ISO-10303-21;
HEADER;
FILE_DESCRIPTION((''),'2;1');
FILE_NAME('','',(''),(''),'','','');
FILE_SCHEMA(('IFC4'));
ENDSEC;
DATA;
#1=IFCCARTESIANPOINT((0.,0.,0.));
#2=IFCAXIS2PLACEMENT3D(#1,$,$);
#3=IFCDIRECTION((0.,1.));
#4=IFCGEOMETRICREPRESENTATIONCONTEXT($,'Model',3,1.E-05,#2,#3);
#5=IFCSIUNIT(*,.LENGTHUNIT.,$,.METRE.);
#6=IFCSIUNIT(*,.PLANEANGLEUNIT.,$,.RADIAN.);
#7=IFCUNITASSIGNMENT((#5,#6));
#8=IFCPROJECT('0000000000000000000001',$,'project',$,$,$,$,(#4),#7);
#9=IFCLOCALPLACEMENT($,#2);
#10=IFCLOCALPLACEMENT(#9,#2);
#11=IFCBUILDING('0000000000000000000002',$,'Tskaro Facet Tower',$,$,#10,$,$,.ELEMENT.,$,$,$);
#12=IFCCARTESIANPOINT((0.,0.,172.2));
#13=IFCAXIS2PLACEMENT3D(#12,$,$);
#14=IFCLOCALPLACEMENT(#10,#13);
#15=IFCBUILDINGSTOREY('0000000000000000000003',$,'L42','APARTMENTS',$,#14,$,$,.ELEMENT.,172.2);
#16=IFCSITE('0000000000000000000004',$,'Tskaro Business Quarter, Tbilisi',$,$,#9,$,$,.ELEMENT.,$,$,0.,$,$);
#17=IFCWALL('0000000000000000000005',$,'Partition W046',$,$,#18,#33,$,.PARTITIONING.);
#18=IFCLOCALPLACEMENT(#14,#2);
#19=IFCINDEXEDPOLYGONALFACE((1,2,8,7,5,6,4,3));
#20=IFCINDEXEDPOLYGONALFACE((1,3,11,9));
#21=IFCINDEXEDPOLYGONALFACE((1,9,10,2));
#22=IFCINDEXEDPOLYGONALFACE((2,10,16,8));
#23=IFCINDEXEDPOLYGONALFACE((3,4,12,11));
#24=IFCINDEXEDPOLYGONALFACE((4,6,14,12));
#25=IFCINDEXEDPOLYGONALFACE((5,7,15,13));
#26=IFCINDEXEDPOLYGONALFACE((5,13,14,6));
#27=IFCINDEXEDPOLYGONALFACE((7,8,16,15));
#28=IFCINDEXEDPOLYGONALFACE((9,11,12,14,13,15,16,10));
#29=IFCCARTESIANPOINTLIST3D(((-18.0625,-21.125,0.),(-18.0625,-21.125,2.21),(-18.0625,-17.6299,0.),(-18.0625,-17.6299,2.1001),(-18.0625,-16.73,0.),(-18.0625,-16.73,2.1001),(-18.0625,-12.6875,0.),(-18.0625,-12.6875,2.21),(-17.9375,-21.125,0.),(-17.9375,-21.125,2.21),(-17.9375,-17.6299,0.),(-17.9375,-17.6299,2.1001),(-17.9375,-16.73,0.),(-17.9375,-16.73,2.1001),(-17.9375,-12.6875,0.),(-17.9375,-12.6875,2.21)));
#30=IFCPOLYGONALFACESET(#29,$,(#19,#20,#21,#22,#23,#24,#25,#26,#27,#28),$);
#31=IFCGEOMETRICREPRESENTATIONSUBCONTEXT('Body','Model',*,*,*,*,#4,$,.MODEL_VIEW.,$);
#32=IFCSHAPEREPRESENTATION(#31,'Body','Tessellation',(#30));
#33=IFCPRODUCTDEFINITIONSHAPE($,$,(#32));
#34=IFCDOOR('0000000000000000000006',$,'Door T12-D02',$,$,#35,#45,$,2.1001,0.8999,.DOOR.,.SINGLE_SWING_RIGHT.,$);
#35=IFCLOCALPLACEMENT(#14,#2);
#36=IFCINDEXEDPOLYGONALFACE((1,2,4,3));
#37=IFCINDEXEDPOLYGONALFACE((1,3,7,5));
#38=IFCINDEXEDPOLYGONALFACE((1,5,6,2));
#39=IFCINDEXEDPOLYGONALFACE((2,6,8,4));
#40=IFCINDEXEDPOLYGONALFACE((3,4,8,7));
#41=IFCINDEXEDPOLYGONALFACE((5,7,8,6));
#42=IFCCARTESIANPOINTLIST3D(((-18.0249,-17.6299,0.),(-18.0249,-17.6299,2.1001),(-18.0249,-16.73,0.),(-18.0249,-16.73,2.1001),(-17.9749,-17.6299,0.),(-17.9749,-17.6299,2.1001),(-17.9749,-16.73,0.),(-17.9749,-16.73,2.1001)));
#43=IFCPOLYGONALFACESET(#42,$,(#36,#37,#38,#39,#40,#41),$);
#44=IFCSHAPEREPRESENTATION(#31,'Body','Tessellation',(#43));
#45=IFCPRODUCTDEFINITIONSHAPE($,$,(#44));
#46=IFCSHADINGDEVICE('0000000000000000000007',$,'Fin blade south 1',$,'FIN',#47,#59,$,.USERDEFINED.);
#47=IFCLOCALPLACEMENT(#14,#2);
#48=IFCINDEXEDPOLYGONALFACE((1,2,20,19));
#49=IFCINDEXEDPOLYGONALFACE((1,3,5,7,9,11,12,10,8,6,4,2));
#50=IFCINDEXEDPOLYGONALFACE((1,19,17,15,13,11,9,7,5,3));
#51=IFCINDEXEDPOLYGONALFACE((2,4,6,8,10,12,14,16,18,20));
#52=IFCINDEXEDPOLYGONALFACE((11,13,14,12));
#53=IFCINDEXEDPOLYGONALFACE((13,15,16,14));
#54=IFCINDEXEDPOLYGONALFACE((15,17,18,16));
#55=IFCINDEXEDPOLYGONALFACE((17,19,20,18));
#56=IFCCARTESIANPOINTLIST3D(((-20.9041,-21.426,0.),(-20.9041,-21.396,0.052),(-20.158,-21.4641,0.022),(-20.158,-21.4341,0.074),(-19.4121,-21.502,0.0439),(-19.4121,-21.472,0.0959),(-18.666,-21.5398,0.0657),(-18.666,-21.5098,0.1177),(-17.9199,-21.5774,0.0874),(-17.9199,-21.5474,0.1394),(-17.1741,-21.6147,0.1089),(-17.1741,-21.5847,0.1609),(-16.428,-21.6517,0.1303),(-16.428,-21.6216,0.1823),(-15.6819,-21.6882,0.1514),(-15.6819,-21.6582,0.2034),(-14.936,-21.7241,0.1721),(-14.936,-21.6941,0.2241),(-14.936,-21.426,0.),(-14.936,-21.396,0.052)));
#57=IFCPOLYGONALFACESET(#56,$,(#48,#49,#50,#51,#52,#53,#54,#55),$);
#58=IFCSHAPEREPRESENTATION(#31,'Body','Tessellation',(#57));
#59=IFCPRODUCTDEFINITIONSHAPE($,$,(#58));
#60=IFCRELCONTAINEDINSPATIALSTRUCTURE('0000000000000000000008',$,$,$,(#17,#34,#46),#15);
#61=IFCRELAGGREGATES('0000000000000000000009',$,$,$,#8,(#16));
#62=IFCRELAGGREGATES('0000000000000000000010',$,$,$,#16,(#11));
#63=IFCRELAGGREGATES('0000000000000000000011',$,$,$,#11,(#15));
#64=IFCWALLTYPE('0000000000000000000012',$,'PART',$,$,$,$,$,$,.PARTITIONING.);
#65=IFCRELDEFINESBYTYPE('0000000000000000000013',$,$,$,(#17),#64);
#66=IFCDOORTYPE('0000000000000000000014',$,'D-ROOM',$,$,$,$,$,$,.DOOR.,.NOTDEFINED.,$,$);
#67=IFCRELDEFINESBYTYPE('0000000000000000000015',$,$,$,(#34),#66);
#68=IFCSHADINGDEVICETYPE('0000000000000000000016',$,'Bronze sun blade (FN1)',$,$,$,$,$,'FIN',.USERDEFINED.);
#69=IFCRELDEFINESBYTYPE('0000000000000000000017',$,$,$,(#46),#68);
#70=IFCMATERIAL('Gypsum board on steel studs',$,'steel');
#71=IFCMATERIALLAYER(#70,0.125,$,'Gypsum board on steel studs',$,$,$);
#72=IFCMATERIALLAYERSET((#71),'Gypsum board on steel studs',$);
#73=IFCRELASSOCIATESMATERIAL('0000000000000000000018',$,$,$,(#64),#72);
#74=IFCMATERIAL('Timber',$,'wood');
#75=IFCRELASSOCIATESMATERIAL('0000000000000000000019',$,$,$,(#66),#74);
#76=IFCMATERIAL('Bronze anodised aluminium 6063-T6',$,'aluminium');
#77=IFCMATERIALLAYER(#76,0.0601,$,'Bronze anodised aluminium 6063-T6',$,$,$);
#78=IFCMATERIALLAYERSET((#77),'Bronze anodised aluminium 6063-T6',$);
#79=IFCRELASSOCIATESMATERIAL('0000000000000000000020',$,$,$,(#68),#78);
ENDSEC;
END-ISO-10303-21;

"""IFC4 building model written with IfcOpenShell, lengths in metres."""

from ifc_helpers import new_model, si_unit, direction, frame, frame_2d, origin, place, context, subcontext, project, spatial, polyline, rectangle, outline, extrude, material, layer, layer_set, type_object, element, fill, save


model = new_model("IFC4")

# Units and contexts
model_context = context("Model", 3, precision=1e-05, world=origin(), true_north=direction((0.0, 1.0)))
body_context = subcontext(model_context, "Body", "Model", "MODEL_VIEW")
ifc_project = project(units=[si_unit("LENGTHUNIT", "METRE"), si_unit("PLANEANGLEUNIT", "RADIAN")], contexts=[model_context])

# Site, building, storey
site_placement = place(None, origin())
site = spatial("IfcSite", under=ifc_project, at=site_placement, Name="Tskaro Business Quarter, Tbilisi", CompositionType="ELEMENT", RefElevation=0.0)
building_placement = place(site_placement, origin())
building = spatial("IfcBuilding", under=site, at=building_placement, Name="Tskaro Facet Tower", CompositionType="ELEMENT")
storey_placement = place(building_placement, frame((0.0, 0.0, 172.2)))
storey = spatial("IfcBuildingStorey", under=building, at=storey_placement, Name="L42", Description="APARTMENTS", CompositionType="ELEMENT", Elevation=172.2)

# Shared definitions
ifc_material_1 = material(Name="Bronze anodised aluminium 6063-T6", Category="aluminium")

# Shared definitions
ifc_material_2 = material(Name="Gypsum board on steel studs", Category="steel")
ifc_layer_1 = layer(ifc_material_2, 0.125, Name="Gypsum board on steel studs")
ifc_layer_set_1 = layer_set([ifc_layer_1], Name="Gypsum board on steel studs")
wall_type = type_object("IfcWallType", Name="PART", PredefinedType="PARTITIONING", material=ifc_layer_set_1)

# Wall, opening, door
wall_1_placement = place(storey_placement, frame((-18.0, -21.125, 0.0), z_axis=(0.0, 0.0, 1.0), x_axis=(0.0, 1.0, 0.0)))
wall_1 = element("IfcWall", 1, at=wall_1_placement, inside=storey, type_object=wall_type, Name="Partition W046", PredefinedType="PARTITIONING", context=body_context, shape_type="SweptSolid", body=[
    extrude(rectangle(XDim=8.4375, YDim=0.125, at=frame_2d((4.2188, 0.0))), origin(), (0.0, 0.0, 1.0), 2.21),
])
opening_placement = place(wall_1_placement, frame((3.4951, 0.0, 0.0)))
opening = element("IfcOpeningElement", 2, at=opening_placement, cuts=wall_1, PredefinedType="OPENING", context=body_context, shape_type="SweptSolid", body=[
    extrude(rectangle(XDim=0.8999, YDim=2.1001, at=frame_2d((0.45, 1.05))), frame((0.0, 0.0725, 0.0), z_axis=(0.0, -1.0, 0.0), x_axis=(1.0, 0.0, 0.0)), (0.0, 0.0, 1.0), 0.145),
])
ifc_material_3 = material(Name="Timber", Category="wood")
door_type = type_object("IfcDoorType", Name="D-ROOM", OperationType="NOTDEFINED", PredefinedType="DOOR", material=ifc_material_3)
door_placement = place(opening_placement, origin())
door = element("IfcDoor", 3, at=door_placement, inside=storey, type_object=door_type, Name="Door T12-D02", OperationType="SINGLE_SWING_RIGHT", OverallHeight=2.1001, OverallWidth=0.8999, PredefinedType="DOOR", context=body_context, shape_type="SweptSolid", body=[
    extrude(rectangle(XDim=0.8999, YDim=2.1001, at=frame_2d((0.45, 1.05))), frame((0.0, 0.0249, 0.0), z_axis=(0.0, -1.0, 0.0), x_axis=(1.0, 0.0, 0.0)), (0.0, 0.0, 1.0), 0.05),
])
fill(opening, door)

# Shading device
ifc_layer_2 = layer(ifc_material_1, 0.0601, Name="Bronze anodised aluminium 6063-T6")
ifc_layer_set_2 = layer_set([ifc_layer_2], Name="Bronze anodised aluminium 6063-T6")
shading_device_type = type_object("IfcShadingDeviceType", Name="Bronze sun blade (FN1)", ElementType="FIN", PredefinedType="USERDEFINED", material=ifc_layer_set_2)
shading_device_placement = place(storey_placement, frame((-20.9041, -21.396, 0.052), z_axis=(0.000003, 0.500074, 0.865982), x_axis=(1.0, -0.000002, -0.000003)))
element("IfcShadingDevice", 4, at=shading_device_placement, inside=storey, type_object=shading_device_type, Name="Fin blade south 1", ObjectType="FIN", PredefinedType="USERDEFINED", context=body_context, shape_type="SweptSolid", body=[
    extrude(outline(polyline([(0.0, 0.0), (5.968, 0.0), (5.968, -0.3442), (5.2222, -0.3028), (4.4761, -0.2605), (3.73, -0.2179), (2.9841, -0.1748), (2.238, -0.1314), (1.4919, -0.0877), (0.7461, -0.044), (0.0, 0.0)])), origin(), (0.0, 0.0, -1.0), 0.0601),
])

save(model, "model.ifc")
